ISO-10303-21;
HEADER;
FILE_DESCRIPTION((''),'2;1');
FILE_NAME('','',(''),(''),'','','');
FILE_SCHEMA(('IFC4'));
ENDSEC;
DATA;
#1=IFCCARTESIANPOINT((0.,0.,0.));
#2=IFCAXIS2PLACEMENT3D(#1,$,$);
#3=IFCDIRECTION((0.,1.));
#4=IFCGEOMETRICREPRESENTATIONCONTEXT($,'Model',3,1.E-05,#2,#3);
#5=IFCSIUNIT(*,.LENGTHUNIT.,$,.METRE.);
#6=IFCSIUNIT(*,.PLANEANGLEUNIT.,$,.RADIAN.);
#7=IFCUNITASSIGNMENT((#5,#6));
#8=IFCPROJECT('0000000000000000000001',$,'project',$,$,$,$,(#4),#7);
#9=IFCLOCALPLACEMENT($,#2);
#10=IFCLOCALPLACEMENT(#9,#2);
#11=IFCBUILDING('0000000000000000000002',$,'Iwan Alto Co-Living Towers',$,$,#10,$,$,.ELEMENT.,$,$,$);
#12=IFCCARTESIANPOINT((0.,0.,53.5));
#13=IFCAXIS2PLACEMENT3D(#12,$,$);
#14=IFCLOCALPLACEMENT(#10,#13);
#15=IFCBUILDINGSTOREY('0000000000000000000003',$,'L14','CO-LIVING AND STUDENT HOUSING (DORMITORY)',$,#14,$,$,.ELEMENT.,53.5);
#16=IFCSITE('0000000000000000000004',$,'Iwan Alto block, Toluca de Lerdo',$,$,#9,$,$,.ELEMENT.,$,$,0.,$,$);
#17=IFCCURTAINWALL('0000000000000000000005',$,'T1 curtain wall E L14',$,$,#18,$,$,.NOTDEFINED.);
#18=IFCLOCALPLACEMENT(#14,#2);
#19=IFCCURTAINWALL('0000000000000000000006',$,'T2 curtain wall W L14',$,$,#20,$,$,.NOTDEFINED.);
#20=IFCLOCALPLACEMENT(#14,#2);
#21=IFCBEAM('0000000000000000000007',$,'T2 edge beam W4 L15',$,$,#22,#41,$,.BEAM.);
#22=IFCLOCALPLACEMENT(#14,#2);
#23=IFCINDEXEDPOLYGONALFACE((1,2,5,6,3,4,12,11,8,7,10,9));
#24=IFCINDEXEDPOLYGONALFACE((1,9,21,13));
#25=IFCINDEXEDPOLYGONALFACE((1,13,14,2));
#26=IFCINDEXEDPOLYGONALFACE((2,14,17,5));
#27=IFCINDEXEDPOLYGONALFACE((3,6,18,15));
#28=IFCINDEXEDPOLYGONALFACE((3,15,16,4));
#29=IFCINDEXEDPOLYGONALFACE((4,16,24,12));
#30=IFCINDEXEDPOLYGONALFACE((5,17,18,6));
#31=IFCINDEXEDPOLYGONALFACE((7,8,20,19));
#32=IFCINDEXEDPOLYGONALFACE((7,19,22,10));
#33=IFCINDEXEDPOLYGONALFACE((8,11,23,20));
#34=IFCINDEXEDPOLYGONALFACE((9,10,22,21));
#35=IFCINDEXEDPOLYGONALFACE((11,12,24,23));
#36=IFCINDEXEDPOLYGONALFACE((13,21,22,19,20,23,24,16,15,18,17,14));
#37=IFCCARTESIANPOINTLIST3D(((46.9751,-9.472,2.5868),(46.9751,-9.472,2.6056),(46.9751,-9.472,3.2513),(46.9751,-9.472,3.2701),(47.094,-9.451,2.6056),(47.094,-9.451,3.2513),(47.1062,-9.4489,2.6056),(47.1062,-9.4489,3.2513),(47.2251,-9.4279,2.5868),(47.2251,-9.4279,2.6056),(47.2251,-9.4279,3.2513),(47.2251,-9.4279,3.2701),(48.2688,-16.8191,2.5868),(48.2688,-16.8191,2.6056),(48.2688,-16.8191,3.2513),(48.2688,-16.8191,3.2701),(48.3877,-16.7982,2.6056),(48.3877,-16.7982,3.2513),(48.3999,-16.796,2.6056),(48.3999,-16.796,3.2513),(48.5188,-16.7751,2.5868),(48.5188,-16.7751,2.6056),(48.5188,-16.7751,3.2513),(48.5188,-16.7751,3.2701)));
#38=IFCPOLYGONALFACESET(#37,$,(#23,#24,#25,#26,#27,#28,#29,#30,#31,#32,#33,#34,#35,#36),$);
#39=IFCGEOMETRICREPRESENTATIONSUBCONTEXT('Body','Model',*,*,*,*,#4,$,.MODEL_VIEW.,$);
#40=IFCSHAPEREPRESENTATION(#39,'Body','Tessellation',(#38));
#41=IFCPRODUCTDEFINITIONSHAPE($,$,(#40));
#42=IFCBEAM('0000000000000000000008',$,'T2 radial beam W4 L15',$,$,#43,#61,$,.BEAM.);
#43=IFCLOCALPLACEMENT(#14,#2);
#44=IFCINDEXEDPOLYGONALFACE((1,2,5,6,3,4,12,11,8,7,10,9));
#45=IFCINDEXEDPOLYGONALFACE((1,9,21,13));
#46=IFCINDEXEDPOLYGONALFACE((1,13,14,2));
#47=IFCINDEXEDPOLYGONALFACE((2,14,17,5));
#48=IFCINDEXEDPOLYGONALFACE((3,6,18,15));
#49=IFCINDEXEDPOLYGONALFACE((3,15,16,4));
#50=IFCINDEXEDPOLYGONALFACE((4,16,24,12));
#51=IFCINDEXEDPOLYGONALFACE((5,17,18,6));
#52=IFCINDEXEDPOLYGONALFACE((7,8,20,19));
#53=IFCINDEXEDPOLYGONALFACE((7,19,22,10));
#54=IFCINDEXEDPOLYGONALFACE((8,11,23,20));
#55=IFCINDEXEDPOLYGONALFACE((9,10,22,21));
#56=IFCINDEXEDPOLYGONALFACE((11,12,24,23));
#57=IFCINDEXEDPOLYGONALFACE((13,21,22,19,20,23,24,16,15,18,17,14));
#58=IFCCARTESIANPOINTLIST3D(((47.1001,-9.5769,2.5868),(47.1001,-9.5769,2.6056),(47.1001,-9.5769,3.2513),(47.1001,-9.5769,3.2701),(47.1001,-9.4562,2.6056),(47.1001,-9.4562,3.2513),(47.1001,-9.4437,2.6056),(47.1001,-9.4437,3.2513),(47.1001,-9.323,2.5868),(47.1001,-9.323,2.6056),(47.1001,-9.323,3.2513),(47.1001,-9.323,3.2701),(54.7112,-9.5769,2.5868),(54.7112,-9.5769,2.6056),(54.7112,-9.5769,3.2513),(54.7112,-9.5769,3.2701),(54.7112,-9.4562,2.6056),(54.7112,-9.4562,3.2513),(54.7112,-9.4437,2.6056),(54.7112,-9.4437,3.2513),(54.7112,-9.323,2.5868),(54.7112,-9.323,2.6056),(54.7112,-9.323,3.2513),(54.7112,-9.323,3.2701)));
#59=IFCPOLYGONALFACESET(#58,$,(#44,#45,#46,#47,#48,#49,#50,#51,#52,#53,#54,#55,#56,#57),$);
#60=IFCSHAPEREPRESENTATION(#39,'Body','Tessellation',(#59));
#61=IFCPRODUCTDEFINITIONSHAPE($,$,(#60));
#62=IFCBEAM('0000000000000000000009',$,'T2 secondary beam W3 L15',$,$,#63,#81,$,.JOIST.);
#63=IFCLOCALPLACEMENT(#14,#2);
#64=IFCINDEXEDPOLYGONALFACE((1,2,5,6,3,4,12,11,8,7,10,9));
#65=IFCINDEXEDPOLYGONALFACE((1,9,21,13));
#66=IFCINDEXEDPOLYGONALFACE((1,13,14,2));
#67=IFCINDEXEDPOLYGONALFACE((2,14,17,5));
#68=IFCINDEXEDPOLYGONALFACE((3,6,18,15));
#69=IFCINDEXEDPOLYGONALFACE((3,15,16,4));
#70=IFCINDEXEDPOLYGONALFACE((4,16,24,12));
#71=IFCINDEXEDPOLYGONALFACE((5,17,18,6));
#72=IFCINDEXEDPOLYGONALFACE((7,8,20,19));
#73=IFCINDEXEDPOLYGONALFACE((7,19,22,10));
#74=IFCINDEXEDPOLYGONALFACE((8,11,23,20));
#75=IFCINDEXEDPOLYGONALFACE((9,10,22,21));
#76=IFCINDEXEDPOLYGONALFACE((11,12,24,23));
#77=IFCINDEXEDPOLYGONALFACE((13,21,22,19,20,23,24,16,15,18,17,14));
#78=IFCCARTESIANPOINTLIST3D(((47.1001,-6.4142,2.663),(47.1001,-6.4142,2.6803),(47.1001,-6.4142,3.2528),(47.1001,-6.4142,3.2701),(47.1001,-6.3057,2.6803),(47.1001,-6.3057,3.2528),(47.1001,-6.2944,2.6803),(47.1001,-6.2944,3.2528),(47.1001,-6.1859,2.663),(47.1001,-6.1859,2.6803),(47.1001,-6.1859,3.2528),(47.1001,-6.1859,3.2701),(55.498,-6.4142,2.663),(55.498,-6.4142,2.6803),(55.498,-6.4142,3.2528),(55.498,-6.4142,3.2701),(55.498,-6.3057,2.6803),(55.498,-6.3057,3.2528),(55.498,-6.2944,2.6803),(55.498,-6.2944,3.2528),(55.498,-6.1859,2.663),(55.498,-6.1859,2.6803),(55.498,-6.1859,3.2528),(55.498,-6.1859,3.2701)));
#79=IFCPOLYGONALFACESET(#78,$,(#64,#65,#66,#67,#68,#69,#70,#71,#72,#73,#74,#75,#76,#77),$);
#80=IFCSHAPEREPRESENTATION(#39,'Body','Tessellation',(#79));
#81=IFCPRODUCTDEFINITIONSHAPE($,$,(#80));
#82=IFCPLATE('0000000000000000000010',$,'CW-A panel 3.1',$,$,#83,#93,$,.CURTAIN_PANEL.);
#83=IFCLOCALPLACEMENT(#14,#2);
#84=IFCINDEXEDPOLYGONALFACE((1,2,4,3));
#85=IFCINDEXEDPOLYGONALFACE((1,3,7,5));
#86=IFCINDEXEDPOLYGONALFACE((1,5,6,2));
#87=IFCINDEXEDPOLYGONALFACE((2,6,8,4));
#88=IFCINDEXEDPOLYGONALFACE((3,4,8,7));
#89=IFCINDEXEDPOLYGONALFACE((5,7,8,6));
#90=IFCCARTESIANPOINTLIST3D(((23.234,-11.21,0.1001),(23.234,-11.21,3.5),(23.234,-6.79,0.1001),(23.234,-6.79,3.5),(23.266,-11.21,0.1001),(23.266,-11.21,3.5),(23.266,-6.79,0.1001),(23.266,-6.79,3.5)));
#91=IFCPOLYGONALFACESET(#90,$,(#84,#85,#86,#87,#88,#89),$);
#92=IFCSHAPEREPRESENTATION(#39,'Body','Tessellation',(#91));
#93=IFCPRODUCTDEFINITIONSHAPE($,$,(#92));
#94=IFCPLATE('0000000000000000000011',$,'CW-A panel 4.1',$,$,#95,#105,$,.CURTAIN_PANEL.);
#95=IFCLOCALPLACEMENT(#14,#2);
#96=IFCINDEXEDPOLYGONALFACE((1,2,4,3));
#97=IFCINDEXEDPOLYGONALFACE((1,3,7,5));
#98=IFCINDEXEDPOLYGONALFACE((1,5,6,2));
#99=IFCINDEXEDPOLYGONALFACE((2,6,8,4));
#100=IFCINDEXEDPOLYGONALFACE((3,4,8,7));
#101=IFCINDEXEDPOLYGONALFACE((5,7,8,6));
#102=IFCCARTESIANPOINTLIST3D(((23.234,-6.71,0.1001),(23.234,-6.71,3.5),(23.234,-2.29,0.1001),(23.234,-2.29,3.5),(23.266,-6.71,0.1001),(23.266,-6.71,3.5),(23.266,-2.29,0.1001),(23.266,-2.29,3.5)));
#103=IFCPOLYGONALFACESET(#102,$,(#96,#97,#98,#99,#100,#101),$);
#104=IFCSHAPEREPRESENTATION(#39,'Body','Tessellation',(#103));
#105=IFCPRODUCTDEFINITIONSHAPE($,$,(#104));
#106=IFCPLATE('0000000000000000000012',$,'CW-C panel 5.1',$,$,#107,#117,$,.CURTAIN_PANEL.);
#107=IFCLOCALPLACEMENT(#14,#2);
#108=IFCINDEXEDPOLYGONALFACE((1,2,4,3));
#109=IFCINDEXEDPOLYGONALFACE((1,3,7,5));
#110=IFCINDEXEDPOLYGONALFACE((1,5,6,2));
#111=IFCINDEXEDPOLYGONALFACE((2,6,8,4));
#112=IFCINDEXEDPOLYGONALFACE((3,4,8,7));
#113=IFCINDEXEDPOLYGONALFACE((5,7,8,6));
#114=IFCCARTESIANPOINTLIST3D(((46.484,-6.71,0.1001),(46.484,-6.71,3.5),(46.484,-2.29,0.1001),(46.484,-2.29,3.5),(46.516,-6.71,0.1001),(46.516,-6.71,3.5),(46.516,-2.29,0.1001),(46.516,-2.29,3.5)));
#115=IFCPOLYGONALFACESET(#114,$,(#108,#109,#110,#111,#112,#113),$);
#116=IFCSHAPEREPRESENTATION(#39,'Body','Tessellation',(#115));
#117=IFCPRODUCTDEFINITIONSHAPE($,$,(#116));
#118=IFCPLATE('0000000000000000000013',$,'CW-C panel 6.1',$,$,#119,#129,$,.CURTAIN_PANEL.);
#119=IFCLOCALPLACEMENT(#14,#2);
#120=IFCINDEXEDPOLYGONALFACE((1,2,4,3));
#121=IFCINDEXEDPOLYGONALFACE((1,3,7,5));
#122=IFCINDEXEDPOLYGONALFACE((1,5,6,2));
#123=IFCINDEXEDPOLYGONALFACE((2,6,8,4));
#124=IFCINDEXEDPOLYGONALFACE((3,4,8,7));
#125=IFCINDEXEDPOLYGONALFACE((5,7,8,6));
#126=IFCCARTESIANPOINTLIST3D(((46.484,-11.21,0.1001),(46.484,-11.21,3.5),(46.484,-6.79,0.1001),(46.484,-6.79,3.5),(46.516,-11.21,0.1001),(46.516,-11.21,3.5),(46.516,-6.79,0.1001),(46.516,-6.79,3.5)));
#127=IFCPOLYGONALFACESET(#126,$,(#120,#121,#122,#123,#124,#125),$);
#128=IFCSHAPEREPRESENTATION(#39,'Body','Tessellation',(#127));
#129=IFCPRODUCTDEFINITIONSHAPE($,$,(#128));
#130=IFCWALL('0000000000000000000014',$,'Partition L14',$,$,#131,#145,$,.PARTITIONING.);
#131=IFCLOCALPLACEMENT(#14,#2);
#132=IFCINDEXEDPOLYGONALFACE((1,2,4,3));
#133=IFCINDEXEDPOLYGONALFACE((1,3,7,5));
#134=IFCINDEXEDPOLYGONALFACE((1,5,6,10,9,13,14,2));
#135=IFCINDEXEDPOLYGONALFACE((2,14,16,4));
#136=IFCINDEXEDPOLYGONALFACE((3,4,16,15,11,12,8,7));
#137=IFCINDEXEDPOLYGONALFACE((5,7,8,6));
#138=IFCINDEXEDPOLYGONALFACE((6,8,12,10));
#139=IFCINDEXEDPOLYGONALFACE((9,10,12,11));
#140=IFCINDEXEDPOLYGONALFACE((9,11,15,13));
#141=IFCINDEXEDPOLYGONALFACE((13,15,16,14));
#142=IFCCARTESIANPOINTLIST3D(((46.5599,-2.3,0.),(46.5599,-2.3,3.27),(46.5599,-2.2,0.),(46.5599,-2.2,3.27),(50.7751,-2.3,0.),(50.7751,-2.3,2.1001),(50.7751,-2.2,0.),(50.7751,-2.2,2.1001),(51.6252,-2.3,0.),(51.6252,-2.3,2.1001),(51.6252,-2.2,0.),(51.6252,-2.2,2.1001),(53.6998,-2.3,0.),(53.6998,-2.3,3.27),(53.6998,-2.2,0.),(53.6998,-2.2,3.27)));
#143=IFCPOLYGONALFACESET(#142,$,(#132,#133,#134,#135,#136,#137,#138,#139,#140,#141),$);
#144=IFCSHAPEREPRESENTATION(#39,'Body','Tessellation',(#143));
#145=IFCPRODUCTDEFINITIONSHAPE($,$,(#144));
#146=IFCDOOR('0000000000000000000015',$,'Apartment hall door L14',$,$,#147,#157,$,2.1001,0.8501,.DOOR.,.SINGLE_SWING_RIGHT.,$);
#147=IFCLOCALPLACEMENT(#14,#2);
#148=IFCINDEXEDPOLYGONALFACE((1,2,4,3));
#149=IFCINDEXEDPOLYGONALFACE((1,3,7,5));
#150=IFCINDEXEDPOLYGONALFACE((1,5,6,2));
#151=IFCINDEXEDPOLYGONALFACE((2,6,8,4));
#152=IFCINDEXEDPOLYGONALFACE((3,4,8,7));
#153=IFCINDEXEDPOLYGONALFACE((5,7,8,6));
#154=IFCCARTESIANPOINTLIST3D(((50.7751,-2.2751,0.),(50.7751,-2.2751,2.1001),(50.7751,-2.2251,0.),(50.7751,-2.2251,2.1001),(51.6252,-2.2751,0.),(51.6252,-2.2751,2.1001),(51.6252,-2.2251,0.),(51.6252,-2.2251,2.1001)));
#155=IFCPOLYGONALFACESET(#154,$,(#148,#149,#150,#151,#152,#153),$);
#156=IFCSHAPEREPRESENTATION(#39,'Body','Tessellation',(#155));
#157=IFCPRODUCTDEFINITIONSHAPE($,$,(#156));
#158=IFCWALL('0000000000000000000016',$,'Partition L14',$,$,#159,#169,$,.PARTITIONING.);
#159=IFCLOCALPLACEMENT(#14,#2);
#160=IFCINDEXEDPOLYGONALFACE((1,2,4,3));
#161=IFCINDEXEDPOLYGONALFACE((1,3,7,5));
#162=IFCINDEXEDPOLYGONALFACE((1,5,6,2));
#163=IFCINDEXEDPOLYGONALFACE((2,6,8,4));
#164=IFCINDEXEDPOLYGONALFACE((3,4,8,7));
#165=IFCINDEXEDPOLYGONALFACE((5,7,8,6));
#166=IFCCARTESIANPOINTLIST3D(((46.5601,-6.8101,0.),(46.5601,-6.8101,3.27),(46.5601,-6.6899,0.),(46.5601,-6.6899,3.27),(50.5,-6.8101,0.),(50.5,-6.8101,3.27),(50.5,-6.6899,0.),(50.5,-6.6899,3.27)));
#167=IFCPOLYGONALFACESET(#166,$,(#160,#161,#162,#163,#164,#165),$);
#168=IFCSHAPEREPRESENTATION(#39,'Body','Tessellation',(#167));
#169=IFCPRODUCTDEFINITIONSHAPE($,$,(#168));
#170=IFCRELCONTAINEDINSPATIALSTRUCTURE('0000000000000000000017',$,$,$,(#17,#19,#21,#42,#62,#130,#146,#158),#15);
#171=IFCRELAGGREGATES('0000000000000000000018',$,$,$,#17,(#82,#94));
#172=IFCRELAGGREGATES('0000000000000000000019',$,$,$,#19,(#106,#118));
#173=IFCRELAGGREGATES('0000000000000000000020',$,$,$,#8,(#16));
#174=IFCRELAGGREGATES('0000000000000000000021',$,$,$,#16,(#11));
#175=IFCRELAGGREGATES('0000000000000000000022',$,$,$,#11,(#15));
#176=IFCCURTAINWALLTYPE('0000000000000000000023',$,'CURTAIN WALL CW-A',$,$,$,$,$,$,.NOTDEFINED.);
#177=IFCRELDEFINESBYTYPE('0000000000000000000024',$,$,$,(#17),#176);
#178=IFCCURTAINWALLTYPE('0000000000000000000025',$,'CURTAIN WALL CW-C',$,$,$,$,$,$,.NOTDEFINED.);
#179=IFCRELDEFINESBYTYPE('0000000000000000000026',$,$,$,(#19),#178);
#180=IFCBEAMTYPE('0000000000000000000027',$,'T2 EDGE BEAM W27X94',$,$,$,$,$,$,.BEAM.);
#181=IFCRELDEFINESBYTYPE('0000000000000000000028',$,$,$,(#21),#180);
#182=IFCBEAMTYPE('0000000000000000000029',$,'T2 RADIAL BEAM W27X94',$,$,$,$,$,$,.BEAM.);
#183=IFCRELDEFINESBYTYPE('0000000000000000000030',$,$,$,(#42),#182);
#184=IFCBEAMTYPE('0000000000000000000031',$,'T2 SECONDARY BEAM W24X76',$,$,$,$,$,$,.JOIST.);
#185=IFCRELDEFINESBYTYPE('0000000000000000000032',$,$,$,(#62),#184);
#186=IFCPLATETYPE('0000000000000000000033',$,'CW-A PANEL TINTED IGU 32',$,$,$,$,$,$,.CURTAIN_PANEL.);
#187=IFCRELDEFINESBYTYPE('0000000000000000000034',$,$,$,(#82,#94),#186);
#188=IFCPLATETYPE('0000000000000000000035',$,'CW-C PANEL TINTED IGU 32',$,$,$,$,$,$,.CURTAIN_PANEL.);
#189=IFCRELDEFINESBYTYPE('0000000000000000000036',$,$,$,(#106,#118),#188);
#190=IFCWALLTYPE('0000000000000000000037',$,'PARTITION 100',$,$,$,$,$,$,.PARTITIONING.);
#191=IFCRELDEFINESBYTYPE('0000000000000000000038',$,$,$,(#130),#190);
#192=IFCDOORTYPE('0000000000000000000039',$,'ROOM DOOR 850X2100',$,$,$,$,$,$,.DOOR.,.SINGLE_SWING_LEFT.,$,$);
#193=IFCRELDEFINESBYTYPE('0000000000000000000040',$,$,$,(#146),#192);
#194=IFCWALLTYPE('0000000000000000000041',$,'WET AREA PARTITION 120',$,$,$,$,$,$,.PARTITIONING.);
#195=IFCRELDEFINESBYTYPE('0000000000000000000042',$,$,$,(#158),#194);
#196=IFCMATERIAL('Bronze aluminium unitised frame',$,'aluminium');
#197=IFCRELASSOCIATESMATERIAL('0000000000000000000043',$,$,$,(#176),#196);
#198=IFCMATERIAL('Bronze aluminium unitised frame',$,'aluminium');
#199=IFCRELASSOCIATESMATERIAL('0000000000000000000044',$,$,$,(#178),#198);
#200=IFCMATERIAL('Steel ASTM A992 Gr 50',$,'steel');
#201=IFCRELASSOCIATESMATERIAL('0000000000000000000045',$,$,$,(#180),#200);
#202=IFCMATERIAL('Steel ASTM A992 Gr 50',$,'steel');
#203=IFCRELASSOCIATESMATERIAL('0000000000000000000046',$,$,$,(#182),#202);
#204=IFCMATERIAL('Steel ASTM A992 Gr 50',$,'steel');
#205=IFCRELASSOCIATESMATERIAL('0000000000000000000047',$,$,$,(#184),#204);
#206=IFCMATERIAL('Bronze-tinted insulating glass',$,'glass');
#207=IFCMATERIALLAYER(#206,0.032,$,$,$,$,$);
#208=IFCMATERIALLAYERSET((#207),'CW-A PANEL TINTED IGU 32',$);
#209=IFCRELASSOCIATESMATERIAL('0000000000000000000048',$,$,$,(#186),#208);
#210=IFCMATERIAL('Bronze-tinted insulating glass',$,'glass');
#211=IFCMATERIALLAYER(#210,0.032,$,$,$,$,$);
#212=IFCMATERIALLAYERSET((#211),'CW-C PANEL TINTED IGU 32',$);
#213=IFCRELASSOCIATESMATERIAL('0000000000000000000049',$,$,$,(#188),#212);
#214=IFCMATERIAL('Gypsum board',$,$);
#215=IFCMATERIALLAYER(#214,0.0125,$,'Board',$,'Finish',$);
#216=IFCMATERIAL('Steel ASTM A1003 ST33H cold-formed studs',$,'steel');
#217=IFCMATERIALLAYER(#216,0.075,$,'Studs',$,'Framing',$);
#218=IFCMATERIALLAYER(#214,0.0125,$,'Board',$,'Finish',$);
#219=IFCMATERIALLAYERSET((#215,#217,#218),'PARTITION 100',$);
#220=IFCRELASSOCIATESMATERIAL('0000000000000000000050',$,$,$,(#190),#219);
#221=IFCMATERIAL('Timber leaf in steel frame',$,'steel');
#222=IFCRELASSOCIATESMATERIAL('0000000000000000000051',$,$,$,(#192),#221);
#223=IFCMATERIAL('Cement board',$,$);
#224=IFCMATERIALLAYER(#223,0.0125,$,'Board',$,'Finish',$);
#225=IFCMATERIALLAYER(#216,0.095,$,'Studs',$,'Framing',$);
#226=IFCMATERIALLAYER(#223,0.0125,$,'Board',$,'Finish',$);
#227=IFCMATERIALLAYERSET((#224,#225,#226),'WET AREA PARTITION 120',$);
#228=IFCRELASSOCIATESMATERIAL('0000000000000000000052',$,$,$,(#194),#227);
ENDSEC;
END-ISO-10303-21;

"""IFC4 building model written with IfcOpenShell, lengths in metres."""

from ifc_helpers import new_model, si_unit, direction, frame, frame_2d, origin, origin_2d, place, context, subcontext, project, spatial, rectangle, i_section, extrude, material, layer, layer_set, material_profile, profile_set, type_object, element, fill, aggregate, save


model = new_model("IFC4")

# Units and contexts
model_context = context("Model", 3, precision=1e-05, world=origin(), true_north=direction((0.0, 1.0)))
body_context = subcontext(model_context, "Body", "Model", "MODEL_VIEW")
ifc_project = project(units=[si_unit("LENGTHUNIT", "METRE"), si_unit("PLANEANGLEUNIT", "RADIAN")], contexts=[model_context])

# Site, building, storey
site_placement = place(None, origin())
site = spatial("IfcSite", under=ifc_project, at=site_placement, Name="Iwan Alto block, Toluca de Lerdo", CompositionType="ELEMENT", RefElevation=0.0)
building_placement = place(site_placement, origin())
building = spatial("IfcBuilding", under=site, at=building_placement, Name="Iwan Alto Co-Living Towers", CompositionType="ELEMENT")
storey_placement = place(building_placement, frame((0.0, 0.0, 53.5)))
storey = spatial("IfcBuildingStorey", under=building, at=storey_placement, Name="L14", Description="CO-LIVING AND STUDENT HOUSING (DORMITORY)", CompositionType="ELEMENT", Elevation=53.5)

# Curtain walls
ifc_material_1 = material(Name="Bronze aluminium unitised frame", Category="aluminium")
curtain_wall_type_1 = type_object("IfcCurtainWallType", Name="CURTAIN WALL CW-A", PredefinedType="NOTDEFINED", material=ifc_material_1)
curtain_wall_1_placement = place(storey_placement, origin())
curtain_wall_1 = element("IfcCurtainWall", 1, at=curtain_wall_1_placement, inside=storey, type_object=curtain_wall_type_1, Name="T1 curtain wall E L14", PredefinedType="NOTDEFINED")
ifc_material_2 = material(Name="Bronze aluminium unitised frame", Category="aluminium")
curtain_wall_type_2 = type_object("IfcCurtainWallType", Name="CURTAIN WALL CW-C", PredefinedType="NOTDEFINED", material=ifc_material_2)
curtain_wall_2_placement = place(storey_placement, origin())
curtain_wall_2 = element("IfcCurtainWall", 2, at=curtain_wall_2_placement, inside=storey, type_object=curtain_wall_type_2, Name="T2 curtain wall W L14", PredefinedType="NOTDEFINED")

# Beams
ifc_material_3 = material(Name="Steel ASTM A992 Gr 50", Category="steel")
ifc_material_profile_1 = material_profile(ifc_material_3, i_section(OverallWidth=0.2539, OverallDepth=0.6833, WebThickness=0.0125, FlangeThickness=0.0188, at=origin_2d()), Name="W27X94")
ifc_profile_set_1 = profile_set([ifc_material_profile_1], Name="Steel ASTM A992 Gr 50")
beam_type_1 = type_object("IfcBeamType", Name="T2 EDGE BEAM W27X94", PredefinedType="BEAM", material=ifc_profile_set_1)
beam_1_placement = place(storey_placement, frame((47.1001, -9.45, 2.9285), z_axis=(0.173414, -0.984849, 0.0), x_axis=(0.984849, 0.173414, 0.0)))
element("IfcBeam", 3, at=beam_1_placement, inside=storey, type_object=beam_type_1, Name="T2 edge beam W4 L15", PredefinedType="BEAM", context=body_context, shape_type="SweptSolid", body=[
    extrude(i_section(OverallWidth=0.2539, OverallDepth=0.6833, WebThickness=0.0125, FlangeThickness=0.0188, at=origin_2d()), origin(), (0.0, 0.0, 1.0), 7.4602),
])
ifc_material_4 = material(Name="Steel ASTM A992 Gr 50", Category="steel")
ifc_material_profile_2 = material_profile(ifc_material_4, i_section(OverallWidth=0.2539, OverallDepth=0.6833, WebThickness=0.0125, FlangeThickness=0.0188, at=origin_2d()), Name="W27X94")
ifc_profile_set_2 = profile_set([ifc_material_profile_2], Name="Steel ASTM A992 Gr 50")
beam_type_2 = type_object("IfcBeamType", Name="T2 RADIAL BEAM W27X94", PredefinedType="BEAM", material=ifc_profile_set_2)
beam_2_placement = place(storey_placement, frame((47.1001, -9.45, 2.9285), z_axis=(1.0, 0.0, 0.0), x_axis=(0.0, 1.0, 0.0)))
element("IfcBeam", 4, at=beam_2_placement, inside=storey, type_object=beam_type_2, Name="T2 radial beam W4 L15", PredefinedType="BEAM", context=body_context, shape_type="SweptSolid", body=[
    extrude(i_section(OverallWidth=0.2539, OverallDepth=0.6833, WebThickness=0.0125, FlangeThickness=0.0188, at=origin_2d()), origin(), (0.0, 0.0, 1.0), 7.6111),
])
ifc_material_5 = material(Name="Steel ASTM A992 Gr 50", Category="steel")
ifc_material_profile_3 = material_profile(ifc_material_5, i_section(OverallWidth=0.2283, OverallDepth=0.6072, WebThickness=0.0112, FlangeThickness=0.0173, at=origin_2d()), Name="W24X76")
ifc_profile_set_3 = profile_set([ifc_material_profile_3], Name="Steel ASTM A992 Gr 50")
beam_type_3 = type_object("IfcBeamType", Name="T2 SECONDARY BEAM W24X76", PredefinedType="JOIST", material=ifc_profile_set_3)
beam_3_placement = place(storey_placement, frame((47.1001, -6.3, 2.9666), z_axis=(1.0, 0.0, 0.0), x_axis=(0.0, 1.0, 0.0)))
element("IfcBeam", 5, at=beam_3_placement, inside=storey, type_object=beam_type_3, Name="T2 secondary beam W3 L15", PredefinedType="JOIST", context=body_context, shape_type="SweptSolid", body=[
    extrude(i_section(OverallWidth=0.2283, OverallDepth=0.6072, WebThickness=0.0112, FlangeThickness=0.0173, at=origin_2d()), origin(), (0.0, 0.0, 1.0), 8.3979),
])

# Plates
ifc_material_6 = material(Name="Bronze-tinted insulating glass", Category="glass")
ifc_layer_1 = layer(ifc_material_6, 0.032)
ifc_layer_set_1 = layer_set([ifc_layer_1], Name="CW-A PANEL TINTED IGU 32")
plate_type_1 = type_object("IfcPlateType", Name="CW-A PANEL TINTED IGU 32", PredefinedType="CURTAIN_PANEL", material=ifc_layer_set_1)
plate_1_placement = place(storey_placement, frame((23.25, -9.0, 0.1001), z_axis=(0.0, 0.0, 1.0), x_axis=(0.0, 1.0, 0.0)))
plate_1 = element("IfcPlate", 6, at=plate_1_placement, type_object=plate_type_1, Name="CW-A panel 3.1", PredefinedType="CURTAIN_PANEL", context=body_context, shape_type="SweptSolid", body=[
    extrude(rectangle(XDim=4.4199, YDim=0.032, at=origin_2d()), origin(), (0.0, 0.0, 1.0), 3.3999),
])
plate_2_placement = place(storey_placement, frame((23.25, -4.5, 0.1001), z_axis=(0.0, 0.0, 1.0), x_axis=(0.0, 1.0, 0.0)))
plate_2 = element("IfcPlate", 7, at=plate_2_placement, type_object=plate_type_1, Name="CW-A panel 4.1", PredefinedType="CURTAIN_PANEL", context=body_context, shape_type="SweptSolid", body=[
    extrude(rectangle(XDim=4.4199, YDim=0.032, at=origin_2d()), origin(), (0.0, 0.0, 1.0), 3.3999),
])
aggregate(curtain_wall_1, [plate_1, plate_2])
ifc_material_7 = material(Name="Bronze-tinted insulating glass", Category="glass")
ifc_layer_2 = layer(ifc_material_7, 0.032)
ifc_layer_set_2 = layer_set([ifc_layer_2], Name="CW-C PANEL TINTED IGU 32")
plate_type_2 = type_object("IfcPlateType", Name="CW-C PANEL TINTED IGU 32", PredefinedType="CURTAIN_PANEL", material=ifc_layer_set_2)
plate_3_placement = place(storey_placement, frame((46.5, -4.5, 0.1001), z_axis=(0.0, 0.0, 1.0), x_axis=(0.0, -1.0, 0.0)))
plate_3 = element("IfcPlate", 8, at=plate_3_placement, type_object=plate_type_2, Name="CW-C panel 5.1", PredefinedType="CURTAIN_PANEL", context=body_context, shape_type="SweptSolid", body=[
    extrude(rectangle(XDim=4.4199, YDim=0.032, at=origin_2d()), origin(), (0.0, 0.0, 1.0), 3.3999),
])
plate_4_placement = place(storey_placement, frame((46.5, -9.0, 0.1001), z_axis=(0.0, 0.0, 1.0), x_axis=(0.0, -1.0, 0.0)))
plate_4 = element("IfcPlate", 9, at=plate_4_placement, type_object=plate_type_2, Name="CW-C panel 6.1", PredefinedType="CURTAIN_PANEL", context=body_context, shape_type="SweptSolid", body=[
    extrude(rectangle(XDim=4.4199, YDim=0.032, at=origin_2d()), origin(), (0.0, 0.0, 1.0), 3.3999),
])
aggregate(curtain_wall_2, [plate_3, plate_4])

# Wall, opening, door
ifc_material_8 = material(Name="Gypsum board")
ifc_layer_3 = layer(ifc_material_8, 0.0125, Name="Board", Category="Finish")
ifc_material_9 = material(Name="Steel ASTM A1003 ST33H cold-formed studs", Category="steel")
ifc_layer_4 = layer(ifc_material_9, 0.075, Name="Studs", Category="Framing")
ifc_layer_5 = layer(ifc_material_8, 0.0125, Name="Board", Category="Finish")
ifc_layer_set_3 = layer_set([ifc_layer_3, ifc_layer_4, ifc_layer_5], Name="PARTITION 100")
wall_type_1 = type_object("IfcWallType", Name="PARTITION 100", PredefinedType="PARTITIONING", material=ifc_layer_set_3)
wall_1_placement = place(storey_placement, frame((46.5601, -2.25, 0.0), z_axis=(0.0, 0.0, 1.0), x_axis=(1.0, 0.0, 0.0)))
wall_1 = element("IfcWall", 10, at=wall_1_placement, inside=storey, type_object=wall_type_1, Name="Partition L14", PredefinedType="PARTITIONING", context=body_context, shape_type="SweptSolid", body=[
    extrude(rectangle(XDim=7.1399, YDim=0.1001, at=frame_2d((3.5698, 0.0))), origin(), (0.0, 0.0, 1.0), 3.27),
])
opening_placement = place(wall_1_placement, frame((4.2151, 0.0, 0.0)))
opening = element("IfcOpeningElement", 11, at=opening_placement, cuts=wall_1, PredefinedType="OPENING", context=body_context, shape_type="SweptSolid", body=[
    extrude(rectangle(XDim=0.8501, YDim=2.1001, at=frame_2d((0.425, 1.05))), frame((0.0, 0.0601, 0.0), z_axis=(0.0, -1.0, 0.0), x_axis=(1.0, 0.0, 0.0)), (0.0, 0.0, 1.0), 0.1201),
])
ifc_material_10 = material(Name="Timber leaf in steel frame", Category="steel")
door_type = type_object("IfcDoorType", Name="ROOM DOOR 850X2100", OperationType="SINGLE_SWING_LEFT", PredefinedType="DOOR", material=ifc_material_10)
door_placement = place(opening_placement, origin())
door = element("IfcDoor", 12, at=door_placement, inside=storey, type_object=door_type, Name="Apartment hall door L14", OperationType="SINGLE_SWING_RIGHT", OverallHeight=2.1001, OverallWidth=0.8501, PredefinedType="DOOR", context=body_context, shape_type="SweptSolid", body=[
    extrude(rectangle(XDim=0.8501, YDim=2.1001, at=frame_2d((0.425, 1.05))), frame((0.0, 0.0249, 0.0), z_axis=(0.0, -1.0, 0.0), x_axis=(1.0, 0.0, 0.0)), (0.0, 0.0, 1.0), 0.05),
])
fill(opening, door)

# Wall
ifc_material_11 = material(Name="Cement board")
ifc_layer_6 = layer(ifc_material_11, 0.0125, Name="Board", Category="Finish")
ifc_layer_7 = layer(ifc_material_9, 0.095, Name="Studs", Category="Framing")
ifc_layer_8 = layer(ifc_material_11, 0.0125, Name="Board", Category="Finish")
ifc_layer_set_4 = layer_set([ifc_layer_6, ifc_layer_7, ifc_layer_8], Name="WET AREA PARTITION 120")
wall_type_2 = type_object("IfcWallType", Name="WET AREA PARTITION 120", PredefinedType="PARTITIONING", material=ifc_layer_set_4)
wall_2_placement = place(storey_placement, frame((46.5601, -6.75, 0.0), z_axis=(0.0, 0.0, 1.0), x_axis=(1.0, 0.0, 0.0)))
element("IfcWall", 13, at=wall_2_placement, inside=storey, type_object=wall_type_2, Name="Partition L14", PredefinedType="PARTITIONING", context=body_context, shape_type="SweptSolid", body=[
    extrude(rectangle(XDim=3.9399, YDim=0.1201, at=frame_2d((1.97, 0.0))), origin(), (0.0, 0.0, 1.0), 3.27),
])

save(model, "model.ifc")
